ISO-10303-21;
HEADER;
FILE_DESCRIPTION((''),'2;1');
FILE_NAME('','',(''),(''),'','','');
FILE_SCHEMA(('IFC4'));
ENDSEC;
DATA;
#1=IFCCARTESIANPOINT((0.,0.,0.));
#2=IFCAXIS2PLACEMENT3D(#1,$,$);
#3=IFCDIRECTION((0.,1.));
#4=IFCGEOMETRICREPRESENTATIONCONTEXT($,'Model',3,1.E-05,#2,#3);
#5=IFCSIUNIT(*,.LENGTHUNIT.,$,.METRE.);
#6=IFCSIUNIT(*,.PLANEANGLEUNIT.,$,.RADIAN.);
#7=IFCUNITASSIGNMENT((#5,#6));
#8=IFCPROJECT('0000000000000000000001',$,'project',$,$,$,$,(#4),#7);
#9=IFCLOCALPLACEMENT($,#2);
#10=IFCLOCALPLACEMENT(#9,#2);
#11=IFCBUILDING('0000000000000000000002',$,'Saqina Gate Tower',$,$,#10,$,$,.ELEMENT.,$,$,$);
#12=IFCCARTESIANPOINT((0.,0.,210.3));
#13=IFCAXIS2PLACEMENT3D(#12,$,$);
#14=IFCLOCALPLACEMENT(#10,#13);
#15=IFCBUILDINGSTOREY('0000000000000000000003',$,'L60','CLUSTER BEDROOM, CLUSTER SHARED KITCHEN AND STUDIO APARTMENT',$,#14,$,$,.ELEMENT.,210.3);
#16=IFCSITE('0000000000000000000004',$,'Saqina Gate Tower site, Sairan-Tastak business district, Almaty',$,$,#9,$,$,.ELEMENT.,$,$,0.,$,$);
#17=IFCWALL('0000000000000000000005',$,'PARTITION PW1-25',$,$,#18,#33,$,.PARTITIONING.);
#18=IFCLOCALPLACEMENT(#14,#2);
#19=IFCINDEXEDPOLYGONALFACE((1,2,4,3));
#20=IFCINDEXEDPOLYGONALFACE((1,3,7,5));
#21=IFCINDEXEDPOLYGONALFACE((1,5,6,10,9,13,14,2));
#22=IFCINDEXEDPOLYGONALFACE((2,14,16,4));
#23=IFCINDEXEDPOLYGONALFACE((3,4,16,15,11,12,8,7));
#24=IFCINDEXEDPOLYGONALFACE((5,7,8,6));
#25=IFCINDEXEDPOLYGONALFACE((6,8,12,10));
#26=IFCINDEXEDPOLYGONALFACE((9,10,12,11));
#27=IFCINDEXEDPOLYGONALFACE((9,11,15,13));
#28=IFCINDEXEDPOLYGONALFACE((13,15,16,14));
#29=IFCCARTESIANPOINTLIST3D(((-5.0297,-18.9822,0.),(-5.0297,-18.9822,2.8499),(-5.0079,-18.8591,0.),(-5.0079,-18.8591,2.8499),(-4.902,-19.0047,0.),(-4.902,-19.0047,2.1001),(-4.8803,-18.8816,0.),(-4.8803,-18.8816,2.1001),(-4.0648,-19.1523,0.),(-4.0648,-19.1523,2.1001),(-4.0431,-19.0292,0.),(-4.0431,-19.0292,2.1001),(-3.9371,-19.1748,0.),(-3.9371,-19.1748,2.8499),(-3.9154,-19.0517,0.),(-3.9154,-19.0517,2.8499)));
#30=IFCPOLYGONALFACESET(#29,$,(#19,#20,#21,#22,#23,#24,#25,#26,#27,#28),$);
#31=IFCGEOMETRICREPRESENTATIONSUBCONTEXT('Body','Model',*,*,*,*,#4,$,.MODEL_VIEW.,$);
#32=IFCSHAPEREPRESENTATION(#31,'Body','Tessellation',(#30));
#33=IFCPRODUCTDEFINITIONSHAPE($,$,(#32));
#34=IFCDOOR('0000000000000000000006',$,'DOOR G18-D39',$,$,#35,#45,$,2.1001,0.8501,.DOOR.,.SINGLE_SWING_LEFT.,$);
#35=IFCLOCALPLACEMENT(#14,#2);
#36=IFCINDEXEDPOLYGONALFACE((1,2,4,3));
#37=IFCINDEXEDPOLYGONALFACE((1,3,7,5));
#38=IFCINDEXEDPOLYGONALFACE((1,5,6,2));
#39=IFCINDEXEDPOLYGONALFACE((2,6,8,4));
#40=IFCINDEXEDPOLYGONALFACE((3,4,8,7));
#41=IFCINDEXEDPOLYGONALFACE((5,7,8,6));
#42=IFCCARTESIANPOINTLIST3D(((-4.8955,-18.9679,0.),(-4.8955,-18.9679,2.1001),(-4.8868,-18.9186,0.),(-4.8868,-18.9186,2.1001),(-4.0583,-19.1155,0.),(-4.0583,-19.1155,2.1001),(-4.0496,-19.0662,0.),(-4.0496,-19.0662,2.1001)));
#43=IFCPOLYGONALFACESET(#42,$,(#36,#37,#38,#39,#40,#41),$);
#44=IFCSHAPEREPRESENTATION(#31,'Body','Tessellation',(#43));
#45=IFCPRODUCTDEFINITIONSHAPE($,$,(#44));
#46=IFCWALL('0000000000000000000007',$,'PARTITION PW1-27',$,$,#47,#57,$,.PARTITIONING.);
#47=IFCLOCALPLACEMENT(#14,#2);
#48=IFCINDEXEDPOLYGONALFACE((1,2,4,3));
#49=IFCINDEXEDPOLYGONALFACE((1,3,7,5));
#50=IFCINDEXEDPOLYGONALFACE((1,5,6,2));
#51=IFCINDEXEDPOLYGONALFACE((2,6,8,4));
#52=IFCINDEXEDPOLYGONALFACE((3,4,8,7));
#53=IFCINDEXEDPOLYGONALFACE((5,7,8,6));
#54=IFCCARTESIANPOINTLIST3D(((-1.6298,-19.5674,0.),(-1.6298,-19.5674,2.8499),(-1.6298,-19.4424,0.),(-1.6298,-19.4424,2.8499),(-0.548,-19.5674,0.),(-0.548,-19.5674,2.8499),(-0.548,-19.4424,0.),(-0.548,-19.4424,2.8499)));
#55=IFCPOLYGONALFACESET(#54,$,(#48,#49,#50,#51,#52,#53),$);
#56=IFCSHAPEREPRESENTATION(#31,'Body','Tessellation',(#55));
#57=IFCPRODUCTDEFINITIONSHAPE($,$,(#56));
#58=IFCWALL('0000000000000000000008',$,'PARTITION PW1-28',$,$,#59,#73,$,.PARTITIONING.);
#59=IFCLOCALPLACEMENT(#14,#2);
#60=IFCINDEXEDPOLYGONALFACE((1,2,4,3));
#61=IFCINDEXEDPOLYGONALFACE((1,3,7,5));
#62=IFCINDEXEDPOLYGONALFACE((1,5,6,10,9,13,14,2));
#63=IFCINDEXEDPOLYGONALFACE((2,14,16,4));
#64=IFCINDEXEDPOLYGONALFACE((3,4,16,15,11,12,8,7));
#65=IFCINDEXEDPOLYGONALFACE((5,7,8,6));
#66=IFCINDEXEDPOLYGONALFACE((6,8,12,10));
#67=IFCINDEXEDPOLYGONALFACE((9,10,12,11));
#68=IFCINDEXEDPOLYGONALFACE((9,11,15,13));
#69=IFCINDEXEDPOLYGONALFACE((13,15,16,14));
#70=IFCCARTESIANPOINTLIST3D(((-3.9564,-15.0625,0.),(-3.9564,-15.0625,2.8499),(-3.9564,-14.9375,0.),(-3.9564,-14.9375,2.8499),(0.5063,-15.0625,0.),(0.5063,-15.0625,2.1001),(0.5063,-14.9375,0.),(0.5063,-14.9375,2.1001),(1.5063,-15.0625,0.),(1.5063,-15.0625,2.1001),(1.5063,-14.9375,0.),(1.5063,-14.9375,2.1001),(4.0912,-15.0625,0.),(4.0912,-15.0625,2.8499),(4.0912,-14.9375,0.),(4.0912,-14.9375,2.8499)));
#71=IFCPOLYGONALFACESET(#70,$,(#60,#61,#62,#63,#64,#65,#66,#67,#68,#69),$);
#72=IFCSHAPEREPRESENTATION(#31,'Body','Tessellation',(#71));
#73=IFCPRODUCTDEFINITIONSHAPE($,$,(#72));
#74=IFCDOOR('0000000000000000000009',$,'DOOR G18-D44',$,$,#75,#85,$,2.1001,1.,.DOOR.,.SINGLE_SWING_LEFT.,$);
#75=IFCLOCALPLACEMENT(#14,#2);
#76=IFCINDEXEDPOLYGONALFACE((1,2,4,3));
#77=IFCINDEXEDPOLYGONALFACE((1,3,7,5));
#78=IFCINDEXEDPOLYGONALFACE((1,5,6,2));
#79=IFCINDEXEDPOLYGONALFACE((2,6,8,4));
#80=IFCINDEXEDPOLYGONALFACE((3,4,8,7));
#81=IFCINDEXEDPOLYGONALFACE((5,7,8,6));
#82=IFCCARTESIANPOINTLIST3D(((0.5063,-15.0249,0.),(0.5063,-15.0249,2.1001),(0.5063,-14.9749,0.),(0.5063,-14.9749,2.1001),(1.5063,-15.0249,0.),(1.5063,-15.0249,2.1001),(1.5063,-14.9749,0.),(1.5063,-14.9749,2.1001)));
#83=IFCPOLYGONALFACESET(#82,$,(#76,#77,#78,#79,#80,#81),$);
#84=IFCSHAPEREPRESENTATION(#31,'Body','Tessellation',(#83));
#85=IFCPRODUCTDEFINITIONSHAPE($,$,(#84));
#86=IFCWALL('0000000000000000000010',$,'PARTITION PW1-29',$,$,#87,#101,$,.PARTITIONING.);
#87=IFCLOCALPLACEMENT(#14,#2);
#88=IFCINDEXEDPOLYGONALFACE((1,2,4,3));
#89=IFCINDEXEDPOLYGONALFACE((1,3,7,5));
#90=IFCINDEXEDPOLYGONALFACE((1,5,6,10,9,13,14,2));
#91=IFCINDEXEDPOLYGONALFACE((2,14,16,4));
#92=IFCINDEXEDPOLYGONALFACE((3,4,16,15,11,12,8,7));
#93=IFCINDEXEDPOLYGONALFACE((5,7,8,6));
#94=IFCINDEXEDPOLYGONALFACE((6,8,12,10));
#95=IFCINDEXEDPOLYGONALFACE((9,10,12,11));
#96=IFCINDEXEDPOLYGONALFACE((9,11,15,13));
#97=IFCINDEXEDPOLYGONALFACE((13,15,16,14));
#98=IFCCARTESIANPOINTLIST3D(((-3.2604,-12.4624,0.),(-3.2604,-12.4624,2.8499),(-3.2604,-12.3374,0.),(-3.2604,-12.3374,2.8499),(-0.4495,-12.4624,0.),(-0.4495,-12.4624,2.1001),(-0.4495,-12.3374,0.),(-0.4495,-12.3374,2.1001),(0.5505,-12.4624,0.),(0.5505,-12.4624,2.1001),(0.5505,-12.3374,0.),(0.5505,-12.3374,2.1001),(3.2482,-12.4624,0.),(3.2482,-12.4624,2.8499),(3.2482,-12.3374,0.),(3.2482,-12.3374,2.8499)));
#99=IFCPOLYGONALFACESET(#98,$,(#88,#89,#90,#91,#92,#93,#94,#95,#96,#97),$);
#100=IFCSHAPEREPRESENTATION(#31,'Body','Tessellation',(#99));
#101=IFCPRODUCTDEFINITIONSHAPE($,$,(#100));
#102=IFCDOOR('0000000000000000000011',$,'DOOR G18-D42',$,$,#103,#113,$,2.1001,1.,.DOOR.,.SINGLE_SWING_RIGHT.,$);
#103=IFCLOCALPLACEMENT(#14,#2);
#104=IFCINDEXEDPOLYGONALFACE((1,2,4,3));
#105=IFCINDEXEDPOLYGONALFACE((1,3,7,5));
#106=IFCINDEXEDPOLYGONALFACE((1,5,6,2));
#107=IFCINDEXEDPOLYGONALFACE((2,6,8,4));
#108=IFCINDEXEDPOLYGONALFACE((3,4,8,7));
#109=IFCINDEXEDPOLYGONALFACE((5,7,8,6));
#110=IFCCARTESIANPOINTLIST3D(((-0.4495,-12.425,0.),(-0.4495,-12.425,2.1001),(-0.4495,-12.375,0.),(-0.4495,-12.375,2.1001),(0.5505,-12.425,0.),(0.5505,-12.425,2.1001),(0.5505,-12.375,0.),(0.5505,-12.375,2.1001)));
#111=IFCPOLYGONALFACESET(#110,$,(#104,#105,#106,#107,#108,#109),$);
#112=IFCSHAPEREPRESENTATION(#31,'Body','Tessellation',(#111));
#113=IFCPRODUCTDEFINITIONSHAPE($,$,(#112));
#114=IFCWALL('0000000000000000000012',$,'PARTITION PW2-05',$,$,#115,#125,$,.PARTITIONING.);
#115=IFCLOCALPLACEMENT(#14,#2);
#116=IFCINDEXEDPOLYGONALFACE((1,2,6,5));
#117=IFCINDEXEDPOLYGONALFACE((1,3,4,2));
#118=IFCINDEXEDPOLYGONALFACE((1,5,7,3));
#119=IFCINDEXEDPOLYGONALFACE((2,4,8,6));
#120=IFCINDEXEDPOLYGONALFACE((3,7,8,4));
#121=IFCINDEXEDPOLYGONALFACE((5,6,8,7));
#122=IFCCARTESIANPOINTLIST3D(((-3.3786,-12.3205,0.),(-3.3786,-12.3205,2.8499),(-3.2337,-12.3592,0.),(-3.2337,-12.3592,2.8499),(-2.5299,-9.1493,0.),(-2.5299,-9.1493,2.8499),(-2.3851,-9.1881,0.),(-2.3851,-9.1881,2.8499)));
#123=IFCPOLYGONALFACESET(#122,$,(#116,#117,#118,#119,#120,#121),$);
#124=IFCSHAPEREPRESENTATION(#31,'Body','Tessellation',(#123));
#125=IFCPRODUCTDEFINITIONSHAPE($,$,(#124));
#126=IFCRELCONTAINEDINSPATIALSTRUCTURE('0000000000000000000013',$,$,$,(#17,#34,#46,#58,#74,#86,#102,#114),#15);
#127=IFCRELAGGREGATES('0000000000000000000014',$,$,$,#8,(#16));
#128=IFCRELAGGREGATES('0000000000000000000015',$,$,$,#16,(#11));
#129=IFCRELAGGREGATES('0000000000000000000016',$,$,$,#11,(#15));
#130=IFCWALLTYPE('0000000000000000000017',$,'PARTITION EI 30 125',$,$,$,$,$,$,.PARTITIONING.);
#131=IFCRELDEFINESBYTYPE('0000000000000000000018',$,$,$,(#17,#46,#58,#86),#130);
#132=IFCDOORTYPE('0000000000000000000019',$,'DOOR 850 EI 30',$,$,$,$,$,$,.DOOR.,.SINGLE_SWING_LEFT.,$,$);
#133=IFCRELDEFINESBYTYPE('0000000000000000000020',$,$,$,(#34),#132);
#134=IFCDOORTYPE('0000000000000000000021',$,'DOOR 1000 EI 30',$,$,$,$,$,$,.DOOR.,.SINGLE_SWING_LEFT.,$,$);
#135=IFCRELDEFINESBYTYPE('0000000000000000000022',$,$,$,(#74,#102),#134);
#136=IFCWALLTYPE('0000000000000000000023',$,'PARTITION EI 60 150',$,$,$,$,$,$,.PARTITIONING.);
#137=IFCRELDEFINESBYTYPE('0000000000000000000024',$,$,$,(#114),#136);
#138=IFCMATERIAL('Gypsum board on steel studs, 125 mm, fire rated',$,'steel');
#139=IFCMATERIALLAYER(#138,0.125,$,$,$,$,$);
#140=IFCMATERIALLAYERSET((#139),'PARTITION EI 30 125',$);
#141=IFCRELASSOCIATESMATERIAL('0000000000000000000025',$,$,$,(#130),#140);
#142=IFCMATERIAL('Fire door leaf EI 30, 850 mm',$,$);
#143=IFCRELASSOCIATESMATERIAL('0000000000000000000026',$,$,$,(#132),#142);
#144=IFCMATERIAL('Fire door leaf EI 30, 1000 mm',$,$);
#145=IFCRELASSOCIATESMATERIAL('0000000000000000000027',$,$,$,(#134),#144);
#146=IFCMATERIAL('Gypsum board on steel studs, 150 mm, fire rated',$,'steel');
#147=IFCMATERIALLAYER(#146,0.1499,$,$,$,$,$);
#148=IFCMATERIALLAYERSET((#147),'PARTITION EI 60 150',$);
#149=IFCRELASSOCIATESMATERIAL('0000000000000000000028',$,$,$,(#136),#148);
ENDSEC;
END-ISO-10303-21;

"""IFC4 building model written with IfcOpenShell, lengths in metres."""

from ifc_helpers import new_model, si_unit, direction, frame, frame_2d, origin, place, context, subcontext, project, spatial, rectangle, extrude, material, layer, layer_set, type_object, element, fill, save


model = new_model("IFC4")

# Units and contexts
model_context = context("Model", 3, precision=1e-05, world=origin(), true_north=direction((0.0, 1.0)))
body_context = subcontext(model_context, "Body", "Model", "MODEL_VIEW")
ifc_project = project(units=[si_unit("LENGTHUNIT", "METRE"), si_unit("PLANEANGLEUNIT", "RADIAN")], contexts=[model_context])

# Site, building, storey
site_placement = place(None, origin())
site = spatial("IfcSite", under=ifc_project, at=site_placement, Name="Saqina Gate Tower site, Sairan-Tastak business district, Almaty", CompositionType="ELEMENT", RefElevation=0.0)
building_placement = place(site_placement, origin())
building = spatial("IfcBuilding", under=site, at=building_placement, Name="Saqina Gate Tower", CompositionType="ELEMENT")
storey_placement = place(building_placement, frame((0.0, 0.0, 210.3)))
storey = spatial("IfcBuildingStorey", under=building, at=storey_placement, Name="L60", Description="CLUSTER BEDROOM, CLUSTER SHARED KITCHEN AND STUDIO APARTMENT", CompositionType="ELEMENT", Elevation=210.3)

# Wall, opening, door
ifc_material_1 = material(Name="Gypsum board on steel studs, 125 mm, fire rated", Category="steel")
ifc_layer_1 = layer(ifc_material_1, 0.125)
ifc_layer_set_1 = layer_set([ifc_layer_1], Name="PARTITION EI 30 125")
wall_type_1 = type_object("IfcWallType", Name="PARTITION EI 30 125", PredefinedType="PARTITIONING", material=ifc_layer_set_1)
ifc_material_2 = material(Name="Fire door leaf EI 30, 850 mm")
door_type_1 = type_object("IfcDoorType", Name="DOOR 850 EI 30", OperationType="SINGLE_SWING_LEFT", PredefinedType="DOOR", material=ifc_material_2)
wall_1_placement = place(storey_placement, frame((-5.0188, -18.9207, 0.0), z_axis=(0.0, 0.0, 1.0), x_axis=(0.98481, -0.173635, 0.0)))
wall_1 = element("IfcWall", 1, at=wall_1_placement, inside=storey, type_object=wall_type_1, Name="PARTITION PW1-25", PredefinedType="PARTITIONING", context=body_context, shape_type="SweptSolid", body=[
    extrude(rectangle(XDim=1.1094, YDim=0.125, at=frame_2d((0.5547, 0.0))), origin(), (0.0, 0.0, 1.0), 2.8499),
])
opening_1_placement = place(wall_1_placement, frame((0.1296, 0.0, 0.0)))
opening_1 = element("IfcOpeningElement", 2, at=opening_1_placement, cuts=wall_1, PredefinedType="OPENING", context=body_context, shape_type="SweptSolid", body=[
    extrude(rectangle(XDim=0.8501, YDim=2.1001, at=frame_2d((0.425, 1.05))), frame((0.0, 0.0745, 0.0), z_axis=(0.0, -1.0, 0.0), x_axis=(1.0, 0.0, 0.0)), (0.0, 0.0, 1.0), 0.1489),
])
door_1_placement = place(opening_1_placement, origin())
door_1 = element("IfcDoor", 3, at=door_1_placement, inside=storey, type_object=door_type_1, Name="DOOR G18-D39", OperationType="SINGLE_SWING_LEFT", OverallHeight=2.1001, OverallWidth=0.8501, PredefinedType="DOOR", context=body_context, shape_type="SweptSolid", body=[
    extrude(rectangle(XDim=0.8501, YDim=2.1001, at=frame_2d((0.425, 1.05))), frame((0.0, 0.0249, 0.0), z_axis=(0.0, -1.0, 0.0), x_axis=(1.0, 0.0, 0.0)), (0.0, 0.0, 1.0), 0.05),
])
fill(opening_1, door_1)

# Wall
wall_2_placement = place(storey_placement, frame((-1.6299, -19.5049, 0.0), z_axis=(0.0, 0.0, 1.0), x_axis=(1.0, 0.0, 0.0)))
element("IfcWall", 4, at=wall_2_placement, inside=storey, type_object=wall_type_1, Name="PARTITION PW1-27", PredefinedType="PARTITIONING", context=body_context, shape_type="SweptSolid", body=[
    extrude(rectangle(XDim=1.0818, YDim=0.125, at=frame_2d((0.541, 0.0))), origin(), (0.0, 0.0, 1.0), 2.8499),
])

# Walls, openings, doors
wall_3_placement = place(storey_placement, frame((-3.9565, -15.0, 0.0), z_axis=(0.0, 0.0, 1.0), x_axis=(1.0, 0.0, 0.0)))
wall_3 = element("IfcWall", 5, at=wall_3_placement, inside=storey, type_object=wall_type_1, Name="PARTITION PW1-28", PredefinedType="PARTITIONING", context=body_context, shape_type="SweptSolid", body=[
    extrude(rectangle(XDim=8.0476, YDim=0.125, at=frame_2d((4.0239, 0.0))), origin(), (0.0, 0.0, 1.0), 2.8499),
])
opening_2_placement = place(wall_3_placement, frame((4.4629, 0.0, 0.0)))
opening_2 = element("IfcOpeningElement", 6, at=opening_2_placement, cuts=wall_3, PredefinedType="OPENING", context=body_context, shape_type="SweptSolid", body=[
    extrude(rectangle(XDim=1.0, YDim=2.1001, at=frame_2d((0.5, 1.05))), frame((0.0, 0.0745, 0.0), z_axis=(0.0, -1.0, 0.0), x_axis=(1.0, 0.0, 0.0)), (0.0, 0.0, 1.0), 0.1489),
])
ifc_material_3 = material(Name="Fire door leaf EI 30, 1000 mm")
door_type_2 = type_object("IfcDoorType", Name="DOOR 1000 EI 30", OperationType="SINGLE_SWING_LEFT", PredefinedType="DOOR", material=ifc_material_3)
door_2_placement = place(opening_2_placement, frame((1.0, 0.0, 0.0), z_axis=(0.0, 0.0, 1.0), x_axis=(-1.0, 0.0, 0.0)))
door_2 = element("IfcDoor", 7, at=door_2_placement, inside=storey, type_object=door_type_2, Name="DOOR G18-D44", OperationType="SINGLE_SWING_LEFT", OverallHeight=2.1001, OverallWidth=1.0, PredefinedType="DOOR", context=body_context, shape_type="SweptSolid", body=[
    extrude(rectangle(XDim=1.0, YDim=2.1001, at=frame_2d((0.5, 1.05))), frame((0.0, 0.0249, 0.0), z_axis=(0.0, -1.0, 0.0), x_axis=(1.0, 0.0, 0.0)), (0.0, 0.0, 1.0), 0.05),
])
fill(opening_2, door_2)
wall_4_placement = place(storey_placement, frame((-3.2605, -12.3999, 0.0), z_axis=(0.0, 0.0, 1.0), x_axis=(1.0, 0.0, 0.0)))
wall_4 = element("IfcWall", 8, at=wall_4_placement, inside=storey, type_object=wall_type_1, Name="PARTITION PW1-29", PredefinedType="PARTITIONING", context=body_context, shape_type="SweptSolid", body=[
    extrude(rectangle(XDim=6.5085, YDim=0.125, at=frame_2d((3.2544, 0.0))), origin(), (0.0, 0.0, 1.0), 2.8499),
])
opening_3_placement = place(wall_4_placement, frame((2.811, 0.0, 0.0)))
opening_3 = element("IfcOpeningElement", 9, at=opening_3_placement, cuts=wall_4, PredefinedType="OPENING", context=body_context, shape_type="SweptSolid", body=[
    extrude(rectangle(XDim=1.0, YDim=2.1001, at=frame_2d((0.5, 1.05))), frame((0.0, 0.0745, 0.0), z_axis=(0.0, -1.0, 0.0), x_axis=(1.0, 0.0, 0.0)), (0.0, 0.0, 1.0), 0.1489),
])
door_3_placement = place(opening_3_placement, origin())
door_3 = element("IfcDoor", 10, at=door_3_placement, inside=storey, type_object=door_type_2, Name="DOOR G18-D42", OperationType="SINGLE_SWING_RIGHT", OverallHeight=2.1001, OverallWidth=1.0, PredefinedType="DOOR", context=body_context, shape_type="SweptSolid", body=[
    extrude(rectangle(XDim=1.0, YDim=2.1001, at=frame_2d((0.5, 1.05))), frame((0.0, 0.0249, 0.0), z_axis=(0.0, -1.0, 0.0), x_axis=(1.0, 0.0, 0.0)), (0.0, 0.0, 1.0), 0.05),
])
fill(opening_3, door_3)

# Wall
ifc_material_4 = material(Name="Gypsum board on steel studs, 150 mm, fire rated", Category="steel")
ifc_layer_2 = layer(ifc_material_4, 0.1499)
ifc_layer_set_2 = layer_set([ifc_layer_2], Name="PARTITION EI 60 150")
wall_type_2 = type_object("IfcWallType", Name="PARTITION EI 60 150", PredefinedType="PARTITIONING", material=ifc_layer_set_2)
wall_5_placement = place(storey_placement, frame((-3.3062, -12.3398, 0.0), z_axis=(0.0, 0.0, 1.0), x_axis=(0.258514, 0.966007, 0.0)))
element("IfcWall", 11, at=wall_5_placement, inside=storey, type_object=wall_type_2, Name="PARTITION PW2-05", PredefinedType="PARTITIONING", context=body_context, shape_type="SweptSolid", body=[
    extrude(rectangle(XDim=3.2827, YDim=0.1499, at=frame_2d((1.6414, 0.0))), origin(), (0.0, 0.0, 1.0), 2.8499),
])

save(model, "model.ifc")
